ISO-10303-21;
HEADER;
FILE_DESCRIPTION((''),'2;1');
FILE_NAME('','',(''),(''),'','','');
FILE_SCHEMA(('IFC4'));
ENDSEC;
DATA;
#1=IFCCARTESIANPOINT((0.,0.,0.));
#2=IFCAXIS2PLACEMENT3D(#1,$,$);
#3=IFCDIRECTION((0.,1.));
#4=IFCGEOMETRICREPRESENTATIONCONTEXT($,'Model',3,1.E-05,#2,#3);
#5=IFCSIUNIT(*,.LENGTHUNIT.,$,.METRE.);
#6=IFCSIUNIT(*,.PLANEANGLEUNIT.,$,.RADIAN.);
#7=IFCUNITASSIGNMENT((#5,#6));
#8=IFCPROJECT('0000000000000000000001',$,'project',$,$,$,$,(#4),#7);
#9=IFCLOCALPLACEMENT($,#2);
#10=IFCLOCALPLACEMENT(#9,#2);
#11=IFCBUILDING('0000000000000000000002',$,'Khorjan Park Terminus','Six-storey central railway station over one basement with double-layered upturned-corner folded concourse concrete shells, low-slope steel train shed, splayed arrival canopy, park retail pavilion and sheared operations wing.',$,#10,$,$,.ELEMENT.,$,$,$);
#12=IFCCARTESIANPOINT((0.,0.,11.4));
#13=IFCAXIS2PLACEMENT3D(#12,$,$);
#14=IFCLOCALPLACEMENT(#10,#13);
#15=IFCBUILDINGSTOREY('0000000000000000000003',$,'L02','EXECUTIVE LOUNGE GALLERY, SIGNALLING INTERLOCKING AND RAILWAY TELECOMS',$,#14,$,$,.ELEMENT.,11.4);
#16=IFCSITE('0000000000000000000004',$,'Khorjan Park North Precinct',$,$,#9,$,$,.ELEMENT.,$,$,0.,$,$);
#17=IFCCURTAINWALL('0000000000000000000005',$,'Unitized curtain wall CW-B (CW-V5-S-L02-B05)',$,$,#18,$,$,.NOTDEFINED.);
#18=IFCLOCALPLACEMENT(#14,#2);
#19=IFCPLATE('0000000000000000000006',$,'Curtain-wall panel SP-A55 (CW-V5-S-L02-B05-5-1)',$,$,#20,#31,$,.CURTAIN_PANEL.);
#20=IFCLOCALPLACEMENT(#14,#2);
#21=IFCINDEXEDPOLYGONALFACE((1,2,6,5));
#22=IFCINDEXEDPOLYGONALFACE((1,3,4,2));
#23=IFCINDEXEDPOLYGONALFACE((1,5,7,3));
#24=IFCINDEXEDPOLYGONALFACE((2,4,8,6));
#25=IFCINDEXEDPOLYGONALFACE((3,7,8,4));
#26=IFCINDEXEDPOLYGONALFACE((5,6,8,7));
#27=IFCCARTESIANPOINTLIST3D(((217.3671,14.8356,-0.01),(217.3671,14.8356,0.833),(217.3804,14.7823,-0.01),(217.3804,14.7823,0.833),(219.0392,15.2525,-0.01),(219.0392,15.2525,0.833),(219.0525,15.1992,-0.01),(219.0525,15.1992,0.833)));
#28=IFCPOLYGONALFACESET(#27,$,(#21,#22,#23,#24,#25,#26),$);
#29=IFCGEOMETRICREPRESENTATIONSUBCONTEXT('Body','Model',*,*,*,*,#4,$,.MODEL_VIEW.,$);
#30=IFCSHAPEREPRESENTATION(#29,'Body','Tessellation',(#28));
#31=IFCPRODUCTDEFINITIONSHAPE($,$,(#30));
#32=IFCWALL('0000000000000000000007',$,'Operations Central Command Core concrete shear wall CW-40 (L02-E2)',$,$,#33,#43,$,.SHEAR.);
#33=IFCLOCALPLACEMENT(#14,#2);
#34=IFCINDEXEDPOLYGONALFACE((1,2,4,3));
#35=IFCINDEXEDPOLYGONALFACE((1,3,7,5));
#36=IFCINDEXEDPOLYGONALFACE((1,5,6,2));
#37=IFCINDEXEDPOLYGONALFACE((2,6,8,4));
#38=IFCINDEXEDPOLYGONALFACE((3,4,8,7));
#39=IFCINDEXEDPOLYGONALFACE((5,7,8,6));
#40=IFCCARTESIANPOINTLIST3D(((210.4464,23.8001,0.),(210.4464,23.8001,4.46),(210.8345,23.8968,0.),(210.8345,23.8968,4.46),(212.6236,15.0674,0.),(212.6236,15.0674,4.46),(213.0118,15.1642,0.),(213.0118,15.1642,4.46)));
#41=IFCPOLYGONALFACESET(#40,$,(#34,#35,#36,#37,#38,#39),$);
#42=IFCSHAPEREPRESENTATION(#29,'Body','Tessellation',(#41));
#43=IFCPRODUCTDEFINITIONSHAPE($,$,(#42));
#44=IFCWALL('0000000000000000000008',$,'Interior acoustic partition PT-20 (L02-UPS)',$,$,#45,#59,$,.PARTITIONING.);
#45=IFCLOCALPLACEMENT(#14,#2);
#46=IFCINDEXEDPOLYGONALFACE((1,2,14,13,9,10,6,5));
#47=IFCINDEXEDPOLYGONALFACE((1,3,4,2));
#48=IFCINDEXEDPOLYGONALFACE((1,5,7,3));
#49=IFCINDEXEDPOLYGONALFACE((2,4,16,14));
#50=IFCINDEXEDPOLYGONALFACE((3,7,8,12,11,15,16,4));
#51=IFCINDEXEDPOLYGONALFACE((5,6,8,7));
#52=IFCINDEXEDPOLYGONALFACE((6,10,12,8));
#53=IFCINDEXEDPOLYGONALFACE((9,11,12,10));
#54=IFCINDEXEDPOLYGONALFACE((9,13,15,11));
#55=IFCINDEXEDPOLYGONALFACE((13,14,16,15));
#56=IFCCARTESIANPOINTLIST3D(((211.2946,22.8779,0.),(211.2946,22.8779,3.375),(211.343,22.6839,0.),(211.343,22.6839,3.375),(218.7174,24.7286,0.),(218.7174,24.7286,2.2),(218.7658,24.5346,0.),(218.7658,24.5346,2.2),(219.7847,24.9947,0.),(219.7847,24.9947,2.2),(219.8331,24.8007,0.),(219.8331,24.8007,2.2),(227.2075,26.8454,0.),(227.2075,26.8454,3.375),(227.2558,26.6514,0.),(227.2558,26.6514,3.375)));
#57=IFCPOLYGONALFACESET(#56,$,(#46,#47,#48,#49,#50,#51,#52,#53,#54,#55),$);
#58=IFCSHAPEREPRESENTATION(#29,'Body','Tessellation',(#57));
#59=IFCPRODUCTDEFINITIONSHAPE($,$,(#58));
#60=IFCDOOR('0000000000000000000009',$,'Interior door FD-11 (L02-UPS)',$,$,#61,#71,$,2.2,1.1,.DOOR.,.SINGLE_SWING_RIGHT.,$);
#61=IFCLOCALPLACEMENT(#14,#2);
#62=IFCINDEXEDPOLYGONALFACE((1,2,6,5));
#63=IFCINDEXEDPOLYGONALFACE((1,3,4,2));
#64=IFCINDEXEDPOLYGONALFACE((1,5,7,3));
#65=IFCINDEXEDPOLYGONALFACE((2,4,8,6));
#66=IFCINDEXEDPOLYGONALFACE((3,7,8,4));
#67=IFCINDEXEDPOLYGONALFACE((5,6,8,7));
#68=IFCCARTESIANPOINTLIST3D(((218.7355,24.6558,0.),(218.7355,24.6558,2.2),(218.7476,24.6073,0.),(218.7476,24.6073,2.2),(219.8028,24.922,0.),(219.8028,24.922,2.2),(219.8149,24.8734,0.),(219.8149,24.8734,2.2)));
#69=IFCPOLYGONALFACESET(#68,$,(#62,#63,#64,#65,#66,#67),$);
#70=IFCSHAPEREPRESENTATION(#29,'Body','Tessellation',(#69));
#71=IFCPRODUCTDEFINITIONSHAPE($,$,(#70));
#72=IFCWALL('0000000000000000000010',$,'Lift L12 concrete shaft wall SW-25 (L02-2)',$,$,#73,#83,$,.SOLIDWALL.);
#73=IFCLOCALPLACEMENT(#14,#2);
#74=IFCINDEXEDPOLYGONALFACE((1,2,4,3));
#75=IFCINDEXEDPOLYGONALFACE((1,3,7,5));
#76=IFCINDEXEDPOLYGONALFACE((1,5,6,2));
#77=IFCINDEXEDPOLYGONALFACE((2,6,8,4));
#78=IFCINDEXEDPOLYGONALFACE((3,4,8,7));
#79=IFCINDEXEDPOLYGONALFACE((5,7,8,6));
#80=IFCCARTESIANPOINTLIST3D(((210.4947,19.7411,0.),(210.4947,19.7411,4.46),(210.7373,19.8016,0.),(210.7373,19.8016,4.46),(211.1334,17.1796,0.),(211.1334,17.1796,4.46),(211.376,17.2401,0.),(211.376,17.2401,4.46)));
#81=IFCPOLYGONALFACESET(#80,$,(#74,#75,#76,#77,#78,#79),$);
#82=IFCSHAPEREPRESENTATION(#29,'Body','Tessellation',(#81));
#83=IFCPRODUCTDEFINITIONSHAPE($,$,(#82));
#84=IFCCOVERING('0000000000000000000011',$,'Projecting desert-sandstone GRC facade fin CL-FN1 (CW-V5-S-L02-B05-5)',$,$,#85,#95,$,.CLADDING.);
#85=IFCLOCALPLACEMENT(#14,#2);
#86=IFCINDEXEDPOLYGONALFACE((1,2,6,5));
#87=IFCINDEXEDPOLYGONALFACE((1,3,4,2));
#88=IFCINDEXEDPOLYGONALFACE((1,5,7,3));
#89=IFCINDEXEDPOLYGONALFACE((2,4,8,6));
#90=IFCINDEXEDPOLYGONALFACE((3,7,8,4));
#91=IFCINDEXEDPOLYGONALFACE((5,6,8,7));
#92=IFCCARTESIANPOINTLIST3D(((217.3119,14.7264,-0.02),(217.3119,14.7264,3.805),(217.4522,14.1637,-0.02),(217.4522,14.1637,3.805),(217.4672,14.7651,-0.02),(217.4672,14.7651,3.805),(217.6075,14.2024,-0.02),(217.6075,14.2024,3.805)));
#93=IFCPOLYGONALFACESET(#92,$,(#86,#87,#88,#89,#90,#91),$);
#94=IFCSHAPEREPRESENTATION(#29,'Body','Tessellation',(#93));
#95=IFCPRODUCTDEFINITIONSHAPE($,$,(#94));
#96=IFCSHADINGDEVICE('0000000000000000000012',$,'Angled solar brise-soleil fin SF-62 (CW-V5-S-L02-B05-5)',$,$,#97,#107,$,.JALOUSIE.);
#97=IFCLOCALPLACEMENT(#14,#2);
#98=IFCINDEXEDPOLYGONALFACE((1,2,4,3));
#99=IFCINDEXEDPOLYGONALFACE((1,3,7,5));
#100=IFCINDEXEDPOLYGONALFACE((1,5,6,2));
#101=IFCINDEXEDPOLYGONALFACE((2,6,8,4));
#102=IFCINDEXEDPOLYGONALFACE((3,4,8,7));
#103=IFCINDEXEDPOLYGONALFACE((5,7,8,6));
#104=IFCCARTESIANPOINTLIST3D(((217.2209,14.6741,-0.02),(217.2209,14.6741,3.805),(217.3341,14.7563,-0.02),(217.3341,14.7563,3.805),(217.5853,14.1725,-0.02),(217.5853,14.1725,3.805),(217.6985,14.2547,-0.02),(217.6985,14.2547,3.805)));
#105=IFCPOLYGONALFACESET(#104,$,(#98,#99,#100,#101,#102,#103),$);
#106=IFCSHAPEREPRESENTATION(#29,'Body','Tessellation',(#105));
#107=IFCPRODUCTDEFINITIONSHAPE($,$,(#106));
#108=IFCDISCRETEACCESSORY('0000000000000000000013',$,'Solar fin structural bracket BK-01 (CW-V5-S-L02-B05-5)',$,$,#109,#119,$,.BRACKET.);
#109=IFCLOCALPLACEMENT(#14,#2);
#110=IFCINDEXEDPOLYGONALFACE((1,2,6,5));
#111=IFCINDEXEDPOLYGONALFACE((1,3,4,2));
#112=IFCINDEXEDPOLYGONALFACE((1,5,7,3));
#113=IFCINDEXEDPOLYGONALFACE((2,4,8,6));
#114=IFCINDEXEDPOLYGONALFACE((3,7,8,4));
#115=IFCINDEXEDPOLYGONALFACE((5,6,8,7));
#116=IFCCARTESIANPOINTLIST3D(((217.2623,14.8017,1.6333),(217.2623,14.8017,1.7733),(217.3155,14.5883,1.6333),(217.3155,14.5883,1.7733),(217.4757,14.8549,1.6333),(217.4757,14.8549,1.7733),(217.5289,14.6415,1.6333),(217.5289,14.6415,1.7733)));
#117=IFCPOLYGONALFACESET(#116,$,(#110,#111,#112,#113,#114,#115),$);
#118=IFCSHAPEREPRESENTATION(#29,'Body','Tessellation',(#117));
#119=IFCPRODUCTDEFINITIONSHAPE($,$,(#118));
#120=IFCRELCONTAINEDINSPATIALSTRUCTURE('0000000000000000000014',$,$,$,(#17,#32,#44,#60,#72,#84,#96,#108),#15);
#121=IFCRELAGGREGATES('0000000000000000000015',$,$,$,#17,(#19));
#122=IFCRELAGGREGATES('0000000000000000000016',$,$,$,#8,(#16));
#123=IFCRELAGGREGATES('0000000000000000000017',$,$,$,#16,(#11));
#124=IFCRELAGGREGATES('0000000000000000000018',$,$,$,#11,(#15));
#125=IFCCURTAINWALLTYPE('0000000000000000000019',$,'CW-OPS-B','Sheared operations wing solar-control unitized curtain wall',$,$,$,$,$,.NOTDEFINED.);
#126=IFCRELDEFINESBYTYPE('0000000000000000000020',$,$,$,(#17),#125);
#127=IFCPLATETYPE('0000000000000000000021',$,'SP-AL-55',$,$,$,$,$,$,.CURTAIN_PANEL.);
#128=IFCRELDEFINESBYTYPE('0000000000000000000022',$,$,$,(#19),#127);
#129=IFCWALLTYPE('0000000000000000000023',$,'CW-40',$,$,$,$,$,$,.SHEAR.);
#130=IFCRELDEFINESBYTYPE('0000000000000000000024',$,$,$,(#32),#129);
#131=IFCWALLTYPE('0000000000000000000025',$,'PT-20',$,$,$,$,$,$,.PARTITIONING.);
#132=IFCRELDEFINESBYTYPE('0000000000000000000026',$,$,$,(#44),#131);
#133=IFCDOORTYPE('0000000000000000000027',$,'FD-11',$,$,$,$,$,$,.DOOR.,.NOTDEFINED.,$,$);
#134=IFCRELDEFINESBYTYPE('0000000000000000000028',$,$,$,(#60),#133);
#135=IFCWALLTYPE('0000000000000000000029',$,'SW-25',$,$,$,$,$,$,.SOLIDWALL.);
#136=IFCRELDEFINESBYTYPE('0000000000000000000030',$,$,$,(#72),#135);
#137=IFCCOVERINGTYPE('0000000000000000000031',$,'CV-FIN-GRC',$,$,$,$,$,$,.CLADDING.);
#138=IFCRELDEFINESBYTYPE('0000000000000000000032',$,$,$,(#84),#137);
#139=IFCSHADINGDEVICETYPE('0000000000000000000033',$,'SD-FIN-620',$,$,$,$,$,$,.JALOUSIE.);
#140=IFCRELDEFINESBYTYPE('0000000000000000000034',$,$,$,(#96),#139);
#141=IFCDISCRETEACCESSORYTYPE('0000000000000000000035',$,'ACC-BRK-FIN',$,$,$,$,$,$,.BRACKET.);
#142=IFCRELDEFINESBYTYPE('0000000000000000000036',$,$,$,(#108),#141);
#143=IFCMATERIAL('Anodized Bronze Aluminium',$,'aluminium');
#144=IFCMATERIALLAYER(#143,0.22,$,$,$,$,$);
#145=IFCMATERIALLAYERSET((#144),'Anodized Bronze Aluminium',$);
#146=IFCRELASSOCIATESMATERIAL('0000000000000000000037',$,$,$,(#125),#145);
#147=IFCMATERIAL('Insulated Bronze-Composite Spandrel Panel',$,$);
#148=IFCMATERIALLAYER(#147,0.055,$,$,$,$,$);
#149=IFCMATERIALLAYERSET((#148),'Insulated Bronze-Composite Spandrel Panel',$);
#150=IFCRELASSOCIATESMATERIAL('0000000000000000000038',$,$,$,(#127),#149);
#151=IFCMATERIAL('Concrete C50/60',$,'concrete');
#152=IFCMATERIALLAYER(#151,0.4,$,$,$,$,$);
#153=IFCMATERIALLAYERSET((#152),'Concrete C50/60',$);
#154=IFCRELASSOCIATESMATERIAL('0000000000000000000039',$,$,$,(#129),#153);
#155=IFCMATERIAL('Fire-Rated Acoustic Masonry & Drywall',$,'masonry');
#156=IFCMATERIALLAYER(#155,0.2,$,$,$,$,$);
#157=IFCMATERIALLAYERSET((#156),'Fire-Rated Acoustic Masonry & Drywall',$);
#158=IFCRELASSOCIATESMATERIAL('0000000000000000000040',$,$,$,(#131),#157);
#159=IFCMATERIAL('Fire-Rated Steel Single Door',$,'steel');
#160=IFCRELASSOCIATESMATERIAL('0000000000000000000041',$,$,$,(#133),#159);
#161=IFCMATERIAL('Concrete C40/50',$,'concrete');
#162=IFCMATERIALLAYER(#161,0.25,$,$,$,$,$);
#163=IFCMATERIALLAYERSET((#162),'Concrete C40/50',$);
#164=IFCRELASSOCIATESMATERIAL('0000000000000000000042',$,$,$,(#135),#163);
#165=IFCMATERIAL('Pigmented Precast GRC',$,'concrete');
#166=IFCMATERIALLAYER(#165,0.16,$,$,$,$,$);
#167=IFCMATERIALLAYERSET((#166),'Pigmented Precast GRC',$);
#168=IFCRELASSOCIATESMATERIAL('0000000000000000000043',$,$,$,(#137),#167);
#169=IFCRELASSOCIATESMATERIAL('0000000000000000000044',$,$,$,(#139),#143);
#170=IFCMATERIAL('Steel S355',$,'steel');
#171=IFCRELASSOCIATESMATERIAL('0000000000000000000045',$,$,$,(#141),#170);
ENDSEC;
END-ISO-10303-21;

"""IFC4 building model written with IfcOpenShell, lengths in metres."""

from ifc_helpers import new_model, si_unit, direction, frame, frame_2d, origin, origin_2d, place, context, subcontext, project, spatial, rectangle, extrude, material, layer, layer_set, type_object, element, fill, aggregate, save


model = new_model("IFC4")

# Units and contexts
model_context = context("Model", 3, precision=1e-05, world=origin(), true_north=direction((0.0, 1.0)))
body_context = subcontext(model_context, "Body", "Model", "MODEL_VIEW")
ifc_project = project(units=[si_unit("LENGTHUNIT", "METRE"), si_unit("PLANEANGLEUNIT", "RADIAN")], contexts=[model_context])

# Site, building, storey
site_placement = place(None, origin())
site = spatial("IfcSite", under=ifc_project, at=site_placement, Name="Khorjan Park North Precinct", CompositionType="ELEMENT", RefElevation=0.0)
building_placement = place(site_placement, origin())
building = spatial("IfcBuilding", under=site, at=building_placement, Name="Khorjan Park Terminus", Description="Six-storey central railway station over one basement with double-layered upturned-corner folded concourse concrete shells, low-slope steel train shed, splayed arrival canopy, park retail pavilion and sheared operations wing.", CompositionType="ELEMENT")
storey_placement = place(building_placement, frame((0.0, 0.0, 11.4)))
storey = spatial("IfcBuildingStorey", under=building, at=storey_placement, Name="L02", Description="EXECUTIVE LOUNGE GALLERY, SIGNALLING INTERLOCKING AND RAILWAY TELECOMS", CompositionType="ELEMENT", Elevation=11.4)

# Shared definitions
ifc_material_1 = material(Name="Steel S355", Category="steel")

# Curtain wall, plate
ifc_material_2 = material(Name="Anodized Bronze Aluminium", Category="aluminium")
ifc_layer_1 = layer(ifc_material_2, 0.22)
ifc_layer_set_1 = layer_set([ifc_layer_1], Name="Anodized Bronze Aluminium")
curtain_wall_type = type_object("IfcCurtainWallType", Name="CW-OPS-B", Description="Sheared operations wing solar-control unitized curtain wall", PredefinedType="NOTDEFINED", material=ifc_layer_set_1)
curtain_wall_placement = place(storey_placement, origin())
curtain_wall = element("IfcCurtainWall", 1, at=curtain_wall_placement, inside=storey, type_object=curtain_wall_type, Name="Unitized curtain wall CW-B (CW-V5-S-L02-B05)", PredefinedType="NOTDEFINED")
ifc_material_3 = material(Name="Insulated Bronze-Composite Spandrel Panel")
ifc_layer_2 = layer(ifc_material_3, 0.055)
ifc_layer_set_2 = layer_set([ifc_layer_2], Name="Insulated Bronze-Composite Spandrel Panel")
plate_type_1 = type_object("IfcPlateType", Name="SP-AL-55", PredefinedType="CURTAIN_PANEL", material=ifc_layer_set_2)
plate_1_placement = place(storey_placement, frame((218.2098, 15.0174, -0.01), z_axis=(0.0, 0.0, 1.0), x_axis=(0.970298, 0.241912, 0.0)))
plate_1 = element("IfcPlate", 2, at=plate_1_placement, type_object=plate_type_1, Name="Curtain-wall panel SP-A55 (CW-V5-S-L02-B05-5-1)", PredefinedType="CURTAIN_PANEL", context=body_context, shape_type="SweptSolid", body=[
    extrude(rectangle(XDim=1.7233, YDim=0.055, at=origin_2d()), origin(), (0.0, 0.0, 1.0), 0.843),
])
aggregate(curtain_wall, [plate_1])

# Wall
ifc_material_4 = material(Name="Concrete C50/60", Category="concrete")
ifc_layer_3 = layer(ifc_material_4, 0.4)
ifc_layer_set_3 = layer_set([ifc_layer_3], Name="Concrete C50/60")
wall_type_1 = type_object("IfcWallType", Name="CW-40", PredefinedType="SHEAR", material=ifc_layer_set_3)
wall_1_placement = place(storey_placement, frame((212.8177, 15.1158, 0.0), z_axis=(0.0, 0.0, 1.0), x_axis=(-0.241921, 0.970296, 0.0)))
element("IfcWall", 3, at=wall_1_placement, inside=storey, type_object=wall_type_1, Name="Operations Central Command Core concrete shear wall CW-40 (L02-E2)", PredefinedType="SHEAR", context=body_context, shape_type="SweptSolid", body=[
    extrude(rectangle(XDim=9.0, YDim=0.4, at=frame_2d((4.5, 0.0))), origin(), (0.0, 0.0, 1.0), 4.46),
])

# Wall, opening, door
ifc_material_5 = material(Name="Fire-Rated Acoustic Masonry & Drywall", Category="masonry")
ifc_layer_4 = layer(ifc_material_5, 0.2)
ifc_layer_set_4 = layer_set([ifc_layer_4], Name="Fire-Rated Acoustic Masonry & Drywall")
wall_type_2 = type_object("IfcWallType", Name="PT-20", PredefinedType="PARTITIONING", material=ifc_layer_set_4)
wall_2_placement = place(storey_placement, frame((211.3188, 22.7809, 0.0), z_axis=(0.0, 0.0, 1.0), x_axis=(0.970296, 0.24192, 0.0)))
wall_2 = element("IfcWall", 4, at=wall_2_placement, inside=storey, type_object=wall_type_2, Name="Interior acoustic partition PT-20 (L02-UPS)", PredefinedType="PARTITIONING", context=body_context, shape_type="SweptSolid", body=[
    extrude(rectangle(XDim=16.4, YDim=0.2, at=frame_2d((8.2, 0.0))), origin(), (0.0, 0.0, 1.0), 3.375),
])
opening_placement = place(wall_2_placement, frame((7.65, 0.0, 0.0)))
opening = element("IfcOpeningElement", 5, at=opening_placement, cuts=wall_2, PredefinedType="OPENING", context=body_context, shape_type="SweptSolid", body=[
    extrude(rectangle(XDim=1.1, YDim=2.2, at=frame_2d((0.55, 1.1))), frame((0.0, 0.11, 0.0), z_axis=(0.0, -1.0, 0.0), x_axis=(1.0, 0.0, 0.0)), (0.0, 0.0, 1.0), 0.22),
])
ifc_material_6 = material(Name="Fire-Rated Steel Single Door", Category="steel")
door_type = type_object("IfcDoorType", Name="FD-11", OperationType="NOTDEFINED", PredefinedType="DOOR", material=ifc_material_6)
door_placement = place(opening_placement, origin())
door = element("IfcDoor", 6, at=door_placement, inside=storey, type_object=door_type, Name="Interior door FD-11 (L02-UPS)", OperationType="SINGLE_SWING_RIGHT", OverallHeight=2.2, OverallWidth=1.1, PredefinedType="DOOR", context=body_context, shape_type="SweptSolid", body=[
    extrude(rectangle(XDim=1.1, YDim=2.2, at=frame_2d((0.55, 1.1))), frame((0.0, 0.025, 0.0), z_axis=(0.0, -1.0, 0.0), x_axis=(1.0, 0.0, 0.0)), (0.0, 0.0, 1.0), 0.05),
])
fill(opening, door)

# Wall
ifc_material_7 = material(Name="Concrete C40/50", Category="concrete")
ifc_layer_5 = layer(ifc_material_7, 0.25)
ifc_layer_set_5 = layer_set([ifc_layer_5], Name="Concrete C40/50")
wall_type_3 = type_object("IfcWallType", Name="SW-25", PredefinedType="SOLIDWALL", material=ifc_layer_set_5)
wall_3_placement = place(storey_placement, frame((211.2547, 17.2099, 0.0), z_axis=(0.0, 0.0, 1.0), x_axis=(-0.241938, 0.970292, 0.0)))
element("IfcWall", 7, at=wall_3_placement, inside=storey, type_object=wall_type_3, Name="Lift L12 concrete shaft wall SW-25 (L02-2)", PredefinedType="SOLIDWALL", context=body_context, shape_type="SweptSolid", body=[
    extrude(rectangle(XDim=2.6399, YDim=0.25, at=frame_2d((1.3199, 0.0))), origin(), (0.0, 0.0, 1.0), 4.46),
])

# Covering
ifc_material_8 = material(Name="Pigmented Precast GRC", Category="concrete")
ifc_layer_6 = layer(ifc_material_8, 0.16)
ifc_layer_set_6 = layer_set([ifc_layer_6], Name="Pigmented Precast GRC")
covering_type = type_object("IfcCoveringType", Name="CV-FIN-GRC", PredefinedType="CLADDING", material=ifc_layer_set_6)
covering_placement = place(storey_placement, frame((217.4597, 14.4644, -0.02), z_axis=(0.0, 0.0, 1.0), x_axis=(-0.241922, 0.970296, 0.0)))
element("IfcCovering", 8, at=covering_placement, inside=storey, type_object=covering_type, Name="Projecting desert-sandstone GRC facade fin CL-FN1 (CW-V5-S-L02-B05-5)", PredefinedType="CLADDING", context=body_context, shape_type="SweptSolid", body=[
    extrude(rectangle(XDim=0.58, YDim=0.16, at=origin_2d()), origin(), (0.0, 0.0, 1.0), 3.825),
])

# Shading device
shading_device_type = type_object("IfcShadingDeviceType", Name="SD-FIN-620", PredefinedType="JALOUSIE", material=ifc_material_2)
shading_device_placement = place(storey_placement, frame((217.4597, 14.4644, -0.02), z_axis=(0.0, 0.0, 1.0), x_axis=(-0.587785, 0.809017, 0.0)))
element("IfcShadingDevice", 9, at=shading_device_placement, inside=storey, type_object=shading_device_type, Name="Angled solar brise-soleil fin SF-62 (CW-V5-S-L02-B05-5)", PredefinedType="JALOUSIE", context=body_context, shape_type="SweptSolid", body=[
    extrude(rectangle(XDim=0.62, YDim=0.14, at=origin_2d()), origin(), (0.0, 0.0, 1.0), 3.825),
])

# Discrete accessory
discrete_accessory_type = type_object("IfcDiscreteAccessoryType", Name="ACC-BRK-FIN", PredefinedType="BRACKET", material=ifc_material_1)
discrete_accessory_placement = place(storey_placement, frame((217.3956, 14.7216, 1.6333), z_axis=(0.0, 0.0, 1.0), x_axis=(0.970298, 0.241912, 0.0)))
element("IfcDiscreteAccessory", 10, at=discrete_accessory_placement, inside=storey, type_object=discrete_accessory_type, Name="Solar fin structural bracket BK-01 (CW-V5-S-L02-B05-5)", PredefinedType="BRACKET", context=body_context, shape_type="SweptSolid", body=[
    extrude(rectangle(XDim=0.22, YDim=0.22, at=origin_2d()), origin(), (0.0, 0.0, 1.0), 0.14),
])

save(model, "model.ifc")
